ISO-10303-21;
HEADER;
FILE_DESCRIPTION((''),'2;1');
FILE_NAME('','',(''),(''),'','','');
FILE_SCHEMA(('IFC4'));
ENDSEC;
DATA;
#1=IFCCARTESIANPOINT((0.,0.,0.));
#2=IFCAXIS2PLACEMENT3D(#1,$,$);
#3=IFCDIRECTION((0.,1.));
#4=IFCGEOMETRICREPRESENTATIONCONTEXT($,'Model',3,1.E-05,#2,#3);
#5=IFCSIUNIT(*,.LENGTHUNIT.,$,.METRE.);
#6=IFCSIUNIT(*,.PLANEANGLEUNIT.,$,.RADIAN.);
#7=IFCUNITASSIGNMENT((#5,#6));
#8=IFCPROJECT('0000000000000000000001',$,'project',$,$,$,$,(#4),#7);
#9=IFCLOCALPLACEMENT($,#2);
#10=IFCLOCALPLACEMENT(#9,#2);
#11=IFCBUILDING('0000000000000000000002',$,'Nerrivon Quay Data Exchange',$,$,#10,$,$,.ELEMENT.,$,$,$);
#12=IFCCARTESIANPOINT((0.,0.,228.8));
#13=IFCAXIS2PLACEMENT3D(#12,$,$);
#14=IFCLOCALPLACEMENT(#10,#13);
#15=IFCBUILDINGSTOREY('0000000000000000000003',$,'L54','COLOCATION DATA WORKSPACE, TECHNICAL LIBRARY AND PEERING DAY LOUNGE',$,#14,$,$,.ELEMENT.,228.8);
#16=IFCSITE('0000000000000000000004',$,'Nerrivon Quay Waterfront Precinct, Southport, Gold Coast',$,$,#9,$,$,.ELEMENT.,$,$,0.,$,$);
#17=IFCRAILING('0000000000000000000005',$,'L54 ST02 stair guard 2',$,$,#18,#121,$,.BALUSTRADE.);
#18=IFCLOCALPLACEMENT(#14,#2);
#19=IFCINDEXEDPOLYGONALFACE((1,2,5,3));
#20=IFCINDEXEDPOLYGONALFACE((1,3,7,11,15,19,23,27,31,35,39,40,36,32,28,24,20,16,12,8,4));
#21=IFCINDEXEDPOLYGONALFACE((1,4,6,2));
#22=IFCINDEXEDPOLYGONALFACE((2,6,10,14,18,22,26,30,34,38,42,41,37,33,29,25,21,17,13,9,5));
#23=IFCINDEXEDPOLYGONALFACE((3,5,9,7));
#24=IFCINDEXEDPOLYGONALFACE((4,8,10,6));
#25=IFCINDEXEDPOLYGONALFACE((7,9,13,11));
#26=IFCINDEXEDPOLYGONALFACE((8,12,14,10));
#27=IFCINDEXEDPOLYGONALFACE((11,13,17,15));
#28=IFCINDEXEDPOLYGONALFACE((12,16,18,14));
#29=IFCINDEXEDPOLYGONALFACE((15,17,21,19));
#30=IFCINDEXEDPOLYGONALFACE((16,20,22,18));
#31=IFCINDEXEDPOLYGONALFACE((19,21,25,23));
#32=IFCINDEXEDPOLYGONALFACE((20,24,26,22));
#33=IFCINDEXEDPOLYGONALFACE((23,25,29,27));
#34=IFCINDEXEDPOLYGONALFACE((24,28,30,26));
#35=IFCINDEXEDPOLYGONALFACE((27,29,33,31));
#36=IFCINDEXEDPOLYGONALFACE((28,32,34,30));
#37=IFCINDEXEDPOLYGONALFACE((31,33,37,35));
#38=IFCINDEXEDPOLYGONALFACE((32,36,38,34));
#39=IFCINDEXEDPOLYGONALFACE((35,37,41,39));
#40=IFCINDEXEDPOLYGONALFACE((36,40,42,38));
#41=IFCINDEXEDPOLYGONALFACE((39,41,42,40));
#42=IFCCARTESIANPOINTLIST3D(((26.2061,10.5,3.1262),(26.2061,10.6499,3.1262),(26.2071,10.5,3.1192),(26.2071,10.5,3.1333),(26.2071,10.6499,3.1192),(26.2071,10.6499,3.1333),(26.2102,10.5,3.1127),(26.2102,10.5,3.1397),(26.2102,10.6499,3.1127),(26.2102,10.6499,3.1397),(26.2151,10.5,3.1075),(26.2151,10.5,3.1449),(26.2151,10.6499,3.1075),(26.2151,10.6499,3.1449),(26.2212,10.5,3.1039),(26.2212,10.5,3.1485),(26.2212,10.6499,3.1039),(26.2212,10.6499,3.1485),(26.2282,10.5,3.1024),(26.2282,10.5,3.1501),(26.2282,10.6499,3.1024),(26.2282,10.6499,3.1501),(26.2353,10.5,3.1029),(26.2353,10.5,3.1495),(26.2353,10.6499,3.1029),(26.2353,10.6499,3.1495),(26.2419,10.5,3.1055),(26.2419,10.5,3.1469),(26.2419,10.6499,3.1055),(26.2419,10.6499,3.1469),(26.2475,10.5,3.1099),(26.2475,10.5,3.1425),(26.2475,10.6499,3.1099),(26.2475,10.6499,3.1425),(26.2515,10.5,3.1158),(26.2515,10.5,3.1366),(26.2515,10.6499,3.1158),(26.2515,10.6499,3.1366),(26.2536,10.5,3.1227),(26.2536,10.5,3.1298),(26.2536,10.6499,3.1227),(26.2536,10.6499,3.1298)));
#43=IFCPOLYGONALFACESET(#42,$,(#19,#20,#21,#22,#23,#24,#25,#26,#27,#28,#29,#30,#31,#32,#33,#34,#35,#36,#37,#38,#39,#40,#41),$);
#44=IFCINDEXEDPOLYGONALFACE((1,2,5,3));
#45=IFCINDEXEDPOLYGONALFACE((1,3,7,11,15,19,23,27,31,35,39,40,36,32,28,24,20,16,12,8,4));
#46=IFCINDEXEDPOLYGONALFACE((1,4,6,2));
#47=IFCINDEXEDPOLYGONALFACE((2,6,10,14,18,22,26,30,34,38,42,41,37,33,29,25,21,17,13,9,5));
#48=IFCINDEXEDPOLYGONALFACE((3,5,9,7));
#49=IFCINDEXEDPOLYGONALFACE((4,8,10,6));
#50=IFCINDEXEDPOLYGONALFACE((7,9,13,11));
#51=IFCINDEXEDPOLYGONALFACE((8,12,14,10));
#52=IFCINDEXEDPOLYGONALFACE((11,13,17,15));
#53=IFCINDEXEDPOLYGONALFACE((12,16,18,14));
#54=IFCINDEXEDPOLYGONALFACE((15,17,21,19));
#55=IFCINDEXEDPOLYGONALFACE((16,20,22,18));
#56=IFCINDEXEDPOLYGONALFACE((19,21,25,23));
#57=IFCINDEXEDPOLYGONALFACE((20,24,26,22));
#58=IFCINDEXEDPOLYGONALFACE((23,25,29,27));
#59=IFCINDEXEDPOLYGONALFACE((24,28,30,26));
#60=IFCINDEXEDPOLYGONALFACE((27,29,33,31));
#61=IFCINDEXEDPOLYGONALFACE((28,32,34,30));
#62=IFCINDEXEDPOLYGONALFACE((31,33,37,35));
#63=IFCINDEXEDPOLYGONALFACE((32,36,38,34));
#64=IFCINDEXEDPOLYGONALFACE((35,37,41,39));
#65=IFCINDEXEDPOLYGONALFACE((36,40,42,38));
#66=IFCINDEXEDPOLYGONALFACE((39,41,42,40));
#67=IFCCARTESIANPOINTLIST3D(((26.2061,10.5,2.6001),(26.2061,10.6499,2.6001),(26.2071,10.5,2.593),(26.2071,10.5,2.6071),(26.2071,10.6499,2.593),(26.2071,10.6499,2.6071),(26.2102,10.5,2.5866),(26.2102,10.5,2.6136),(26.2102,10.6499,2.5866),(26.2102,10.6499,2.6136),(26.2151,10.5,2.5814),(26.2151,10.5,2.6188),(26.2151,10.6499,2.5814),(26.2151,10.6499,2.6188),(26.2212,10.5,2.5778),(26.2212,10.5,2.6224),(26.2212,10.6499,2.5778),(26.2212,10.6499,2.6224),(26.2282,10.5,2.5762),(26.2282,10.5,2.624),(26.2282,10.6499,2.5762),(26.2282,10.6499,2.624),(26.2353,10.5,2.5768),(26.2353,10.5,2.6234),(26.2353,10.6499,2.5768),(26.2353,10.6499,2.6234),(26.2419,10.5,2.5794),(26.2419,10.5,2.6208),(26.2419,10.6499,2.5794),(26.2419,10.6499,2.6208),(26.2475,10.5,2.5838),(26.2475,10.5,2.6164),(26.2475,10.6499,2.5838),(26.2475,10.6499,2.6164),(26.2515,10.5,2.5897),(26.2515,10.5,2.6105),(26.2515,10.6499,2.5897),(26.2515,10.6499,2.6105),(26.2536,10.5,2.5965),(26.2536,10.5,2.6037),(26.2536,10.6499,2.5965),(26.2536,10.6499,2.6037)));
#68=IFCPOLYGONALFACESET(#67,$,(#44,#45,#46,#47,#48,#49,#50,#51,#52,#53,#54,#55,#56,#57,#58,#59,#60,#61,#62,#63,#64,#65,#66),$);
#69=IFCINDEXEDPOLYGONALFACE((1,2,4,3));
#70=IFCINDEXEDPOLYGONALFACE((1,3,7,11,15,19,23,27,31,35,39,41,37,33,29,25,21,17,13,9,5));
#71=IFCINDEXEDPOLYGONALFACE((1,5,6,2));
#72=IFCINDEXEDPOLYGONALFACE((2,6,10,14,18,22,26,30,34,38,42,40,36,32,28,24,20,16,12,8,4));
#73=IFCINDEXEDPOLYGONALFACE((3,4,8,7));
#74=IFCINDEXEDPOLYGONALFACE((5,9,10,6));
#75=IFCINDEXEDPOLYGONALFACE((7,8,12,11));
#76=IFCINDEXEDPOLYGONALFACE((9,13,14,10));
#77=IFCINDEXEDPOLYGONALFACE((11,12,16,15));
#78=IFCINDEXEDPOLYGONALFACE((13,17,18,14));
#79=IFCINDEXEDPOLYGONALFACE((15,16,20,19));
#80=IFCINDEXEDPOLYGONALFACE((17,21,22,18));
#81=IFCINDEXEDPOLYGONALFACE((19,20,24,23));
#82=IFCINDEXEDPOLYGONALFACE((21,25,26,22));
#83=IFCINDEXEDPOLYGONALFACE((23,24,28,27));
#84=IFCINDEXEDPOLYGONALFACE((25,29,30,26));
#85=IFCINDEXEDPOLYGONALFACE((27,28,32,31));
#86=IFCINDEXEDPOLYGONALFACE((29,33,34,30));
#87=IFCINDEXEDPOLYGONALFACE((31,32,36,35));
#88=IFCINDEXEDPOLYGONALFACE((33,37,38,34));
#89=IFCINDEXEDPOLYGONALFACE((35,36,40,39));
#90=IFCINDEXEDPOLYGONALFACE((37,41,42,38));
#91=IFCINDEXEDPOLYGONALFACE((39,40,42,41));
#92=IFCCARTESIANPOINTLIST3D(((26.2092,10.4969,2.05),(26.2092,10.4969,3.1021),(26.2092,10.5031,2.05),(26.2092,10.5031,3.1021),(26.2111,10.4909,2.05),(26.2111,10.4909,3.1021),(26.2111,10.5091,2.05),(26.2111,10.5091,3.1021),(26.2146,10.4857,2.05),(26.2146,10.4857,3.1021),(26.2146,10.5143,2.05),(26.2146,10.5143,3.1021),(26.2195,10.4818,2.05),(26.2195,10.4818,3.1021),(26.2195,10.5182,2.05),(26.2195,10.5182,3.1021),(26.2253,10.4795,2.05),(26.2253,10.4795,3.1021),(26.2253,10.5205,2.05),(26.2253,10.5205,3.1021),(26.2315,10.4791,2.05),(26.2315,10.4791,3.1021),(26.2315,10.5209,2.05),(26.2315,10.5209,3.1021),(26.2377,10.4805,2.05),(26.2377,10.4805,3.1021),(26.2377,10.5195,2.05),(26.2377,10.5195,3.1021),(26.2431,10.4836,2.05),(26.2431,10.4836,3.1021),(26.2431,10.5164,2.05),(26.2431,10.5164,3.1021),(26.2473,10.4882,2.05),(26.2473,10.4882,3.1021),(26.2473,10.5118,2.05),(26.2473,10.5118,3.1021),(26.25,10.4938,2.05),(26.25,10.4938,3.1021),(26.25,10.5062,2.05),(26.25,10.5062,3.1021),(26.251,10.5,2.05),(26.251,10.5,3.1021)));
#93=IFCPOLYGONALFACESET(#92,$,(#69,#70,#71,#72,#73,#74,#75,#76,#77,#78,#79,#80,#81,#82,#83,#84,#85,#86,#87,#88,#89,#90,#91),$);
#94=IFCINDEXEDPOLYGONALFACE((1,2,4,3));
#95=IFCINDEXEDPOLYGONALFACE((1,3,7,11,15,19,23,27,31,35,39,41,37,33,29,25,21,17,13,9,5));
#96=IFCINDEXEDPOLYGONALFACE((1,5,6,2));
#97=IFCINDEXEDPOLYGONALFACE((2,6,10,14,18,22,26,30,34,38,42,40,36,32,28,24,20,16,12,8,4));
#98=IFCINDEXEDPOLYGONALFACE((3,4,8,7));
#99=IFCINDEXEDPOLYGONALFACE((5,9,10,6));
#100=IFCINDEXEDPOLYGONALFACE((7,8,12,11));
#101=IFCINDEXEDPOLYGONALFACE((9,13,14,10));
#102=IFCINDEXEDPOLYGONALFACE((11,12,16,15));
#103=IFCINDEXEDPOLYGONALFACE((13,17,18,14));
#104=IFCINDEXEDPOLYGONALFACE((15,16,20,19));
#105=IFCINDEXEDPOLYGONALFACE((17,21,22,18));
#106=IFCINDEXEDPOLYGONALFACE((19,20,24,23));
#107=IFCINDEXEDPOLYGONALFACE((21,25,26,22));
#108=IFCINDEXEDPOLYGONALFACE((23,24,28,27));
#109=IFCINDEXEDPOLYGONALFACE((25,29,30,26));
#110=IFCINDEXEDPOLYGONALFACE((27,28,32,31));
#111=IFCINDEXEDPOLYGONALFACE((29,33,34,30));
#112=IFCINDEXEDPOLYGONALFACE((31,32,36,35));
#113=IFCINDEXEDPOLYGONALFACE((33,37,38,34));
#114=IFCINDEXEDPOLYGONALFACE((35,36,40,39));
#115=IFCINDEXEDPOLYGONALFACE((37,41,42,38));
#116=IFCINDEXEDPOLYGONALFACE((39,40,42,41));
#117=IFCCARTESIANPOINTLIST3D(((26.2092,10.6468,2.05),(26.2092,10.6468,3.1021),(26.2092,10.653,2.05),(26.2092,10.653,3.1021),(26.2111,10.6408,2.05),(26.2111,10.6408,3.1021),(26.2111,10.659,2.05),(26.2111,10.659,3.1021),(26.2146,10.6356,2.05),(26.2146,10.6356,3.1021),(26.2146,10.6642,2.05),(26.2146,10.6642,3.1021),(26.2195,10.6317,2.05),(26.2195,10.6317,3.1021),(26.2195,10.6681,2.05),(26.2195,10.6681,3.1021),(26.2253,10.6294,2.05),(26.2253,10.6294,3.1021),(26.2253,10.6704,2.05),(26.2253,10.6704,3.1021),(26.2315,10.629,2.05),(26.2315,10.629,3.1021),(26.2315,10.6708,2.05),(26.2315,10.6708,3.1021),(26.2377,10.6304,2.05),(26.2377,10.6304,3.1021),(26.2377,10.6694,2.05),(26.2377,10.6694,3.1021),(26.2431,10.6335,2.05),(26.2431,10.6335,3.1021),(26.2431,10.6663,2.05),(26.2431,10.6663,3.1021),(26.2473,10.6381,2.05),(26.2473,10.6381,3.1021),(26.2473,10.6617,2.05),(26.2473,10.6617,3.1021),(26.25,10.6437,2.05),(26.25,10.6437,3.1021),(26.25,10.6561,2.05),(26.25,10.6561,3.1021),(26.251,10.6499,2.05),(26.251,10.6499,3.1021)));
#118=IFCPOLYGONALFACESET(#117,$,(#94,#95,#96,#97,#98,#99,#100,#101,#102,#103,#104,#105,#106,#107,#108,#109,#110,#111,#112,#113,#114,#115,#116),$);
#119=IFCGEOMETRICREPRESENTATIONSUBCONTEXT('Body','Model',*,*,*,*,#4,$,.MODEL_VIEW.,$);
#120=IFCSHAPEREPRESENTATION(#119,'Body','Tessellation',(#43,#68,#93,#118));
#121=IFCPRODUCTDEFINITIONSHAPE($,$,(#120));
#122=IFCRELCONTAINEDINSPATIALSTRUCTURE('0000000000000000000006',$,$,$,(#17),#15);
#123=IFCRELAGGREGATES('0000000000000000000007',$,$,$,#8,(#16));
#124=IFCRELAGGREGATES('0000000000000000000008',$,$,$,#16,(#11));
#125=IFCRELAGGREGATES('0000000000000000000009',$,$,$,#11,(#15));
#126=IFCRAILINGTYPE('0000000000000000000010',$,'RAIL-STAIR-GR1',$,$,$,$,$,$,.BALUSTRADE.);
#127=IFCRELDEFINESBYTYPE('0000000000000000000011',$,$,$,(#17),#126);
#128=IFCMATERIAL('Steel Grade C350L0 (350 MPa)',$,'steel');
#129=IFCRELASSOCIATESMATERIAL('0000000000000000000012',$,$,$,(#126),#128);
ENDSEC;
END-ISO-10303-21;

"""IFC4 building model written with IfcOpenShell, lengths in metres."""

from ifc_helpers import new_model, si_unit, direction, frame, origin, origin_2d, place, context, subcontext, project, spatial, circle, extrude, material, type_object, element, save


model = new_model("IFC4")

# Units and contexts
model_context = context("Model", 3, precision=1e-05, world=origin(), true_north=direction((0.0, 1.0)))
body_context = subcontext(model_context, "Body", "Model", "MODEL_VIEW")
ifc_project = project(units=[si_unit("LENGTHUNIT", "METRE"), si_unit("PLANEANGLEUNIT", "RADIAN")], contexts=[model_context])

# Site, building, storey
site_placement = place(None, origin())
site = spatial("IfcSite", under=ifc_project, at=site_placement, Name="Nerrivon Quay Waterfront Precinct, Southport, Gold Coast", CompositionType="ELEMENT", RefElevation=0.0)
building_placement = place(site_placement, origin())
building = spatial("IfcBuilding", under=site, at=building_placement, Name="Nerrivon Quay Data Exchange", CompositionType="ELEMENT")
storey_placement = place(building_placement, frame((0.0, 0.0, 228.8)))
storey = spatial("IfcBuildingStorey", under=building, at=storey_placement, Name="L54", Description="COLOCATION DATA WORKSPACE, TECHNICAL LIBRARY AND PEERING DAY LOUNGE", CompositionType="ELEMENT", Elevation=228.8)

# Railing
ifc_material_1 = material(Name="Steel Grade C350L0 (350 MPa)", Category="steel")
railing_type_1 = type_object("IfcRailingType", Name="RAIL-STAIR-GR1", PredefinedType="BALUSTRADE", material=ifc_material_1)
railing_1_placement = place(storey_placement, frame((26.23, 10.5, 2.05)))
element("IfcRailing", 1, at=railing_1_placement, inside=storey, type_object=railing_type_1, Name="L54 ST02 stair guard 2", PredefinedType="BALUSTRADE", context=body_context, shape_type="SweptSolid", body=[
    extrude(circle(Radius=0.0239, at=origin_2d()), frame((0.0, 0.0, 1.0762), z_axis=(0.0, 1.0, 0.0), x_axis=(-1.0, 0.0, 0.0)), (0.0, 0.0, 1.0), 0.1499),
    extrude(circle(Radius=0.0239, at=origin_2d()), frame((0.0, 0.0, 0.55), z_axis=(0.0, 1.0, 0.0), x_axis=(-1.0, 0.0, 0.0)), (0.0, 0.0, 1.0), 0.1499),
    extrude(circle(Radius=0.021, at=origin_2d()), origin(), (0.0, 0.0, 1.0), 1.052),
    extrude(circle(Radius=0.021, at=origin_2d()), frame((0.0, 0.1499, 0.0)), (0.0, 0.0, 1.0), 1.052),
])

save(model, "model.ifc")
